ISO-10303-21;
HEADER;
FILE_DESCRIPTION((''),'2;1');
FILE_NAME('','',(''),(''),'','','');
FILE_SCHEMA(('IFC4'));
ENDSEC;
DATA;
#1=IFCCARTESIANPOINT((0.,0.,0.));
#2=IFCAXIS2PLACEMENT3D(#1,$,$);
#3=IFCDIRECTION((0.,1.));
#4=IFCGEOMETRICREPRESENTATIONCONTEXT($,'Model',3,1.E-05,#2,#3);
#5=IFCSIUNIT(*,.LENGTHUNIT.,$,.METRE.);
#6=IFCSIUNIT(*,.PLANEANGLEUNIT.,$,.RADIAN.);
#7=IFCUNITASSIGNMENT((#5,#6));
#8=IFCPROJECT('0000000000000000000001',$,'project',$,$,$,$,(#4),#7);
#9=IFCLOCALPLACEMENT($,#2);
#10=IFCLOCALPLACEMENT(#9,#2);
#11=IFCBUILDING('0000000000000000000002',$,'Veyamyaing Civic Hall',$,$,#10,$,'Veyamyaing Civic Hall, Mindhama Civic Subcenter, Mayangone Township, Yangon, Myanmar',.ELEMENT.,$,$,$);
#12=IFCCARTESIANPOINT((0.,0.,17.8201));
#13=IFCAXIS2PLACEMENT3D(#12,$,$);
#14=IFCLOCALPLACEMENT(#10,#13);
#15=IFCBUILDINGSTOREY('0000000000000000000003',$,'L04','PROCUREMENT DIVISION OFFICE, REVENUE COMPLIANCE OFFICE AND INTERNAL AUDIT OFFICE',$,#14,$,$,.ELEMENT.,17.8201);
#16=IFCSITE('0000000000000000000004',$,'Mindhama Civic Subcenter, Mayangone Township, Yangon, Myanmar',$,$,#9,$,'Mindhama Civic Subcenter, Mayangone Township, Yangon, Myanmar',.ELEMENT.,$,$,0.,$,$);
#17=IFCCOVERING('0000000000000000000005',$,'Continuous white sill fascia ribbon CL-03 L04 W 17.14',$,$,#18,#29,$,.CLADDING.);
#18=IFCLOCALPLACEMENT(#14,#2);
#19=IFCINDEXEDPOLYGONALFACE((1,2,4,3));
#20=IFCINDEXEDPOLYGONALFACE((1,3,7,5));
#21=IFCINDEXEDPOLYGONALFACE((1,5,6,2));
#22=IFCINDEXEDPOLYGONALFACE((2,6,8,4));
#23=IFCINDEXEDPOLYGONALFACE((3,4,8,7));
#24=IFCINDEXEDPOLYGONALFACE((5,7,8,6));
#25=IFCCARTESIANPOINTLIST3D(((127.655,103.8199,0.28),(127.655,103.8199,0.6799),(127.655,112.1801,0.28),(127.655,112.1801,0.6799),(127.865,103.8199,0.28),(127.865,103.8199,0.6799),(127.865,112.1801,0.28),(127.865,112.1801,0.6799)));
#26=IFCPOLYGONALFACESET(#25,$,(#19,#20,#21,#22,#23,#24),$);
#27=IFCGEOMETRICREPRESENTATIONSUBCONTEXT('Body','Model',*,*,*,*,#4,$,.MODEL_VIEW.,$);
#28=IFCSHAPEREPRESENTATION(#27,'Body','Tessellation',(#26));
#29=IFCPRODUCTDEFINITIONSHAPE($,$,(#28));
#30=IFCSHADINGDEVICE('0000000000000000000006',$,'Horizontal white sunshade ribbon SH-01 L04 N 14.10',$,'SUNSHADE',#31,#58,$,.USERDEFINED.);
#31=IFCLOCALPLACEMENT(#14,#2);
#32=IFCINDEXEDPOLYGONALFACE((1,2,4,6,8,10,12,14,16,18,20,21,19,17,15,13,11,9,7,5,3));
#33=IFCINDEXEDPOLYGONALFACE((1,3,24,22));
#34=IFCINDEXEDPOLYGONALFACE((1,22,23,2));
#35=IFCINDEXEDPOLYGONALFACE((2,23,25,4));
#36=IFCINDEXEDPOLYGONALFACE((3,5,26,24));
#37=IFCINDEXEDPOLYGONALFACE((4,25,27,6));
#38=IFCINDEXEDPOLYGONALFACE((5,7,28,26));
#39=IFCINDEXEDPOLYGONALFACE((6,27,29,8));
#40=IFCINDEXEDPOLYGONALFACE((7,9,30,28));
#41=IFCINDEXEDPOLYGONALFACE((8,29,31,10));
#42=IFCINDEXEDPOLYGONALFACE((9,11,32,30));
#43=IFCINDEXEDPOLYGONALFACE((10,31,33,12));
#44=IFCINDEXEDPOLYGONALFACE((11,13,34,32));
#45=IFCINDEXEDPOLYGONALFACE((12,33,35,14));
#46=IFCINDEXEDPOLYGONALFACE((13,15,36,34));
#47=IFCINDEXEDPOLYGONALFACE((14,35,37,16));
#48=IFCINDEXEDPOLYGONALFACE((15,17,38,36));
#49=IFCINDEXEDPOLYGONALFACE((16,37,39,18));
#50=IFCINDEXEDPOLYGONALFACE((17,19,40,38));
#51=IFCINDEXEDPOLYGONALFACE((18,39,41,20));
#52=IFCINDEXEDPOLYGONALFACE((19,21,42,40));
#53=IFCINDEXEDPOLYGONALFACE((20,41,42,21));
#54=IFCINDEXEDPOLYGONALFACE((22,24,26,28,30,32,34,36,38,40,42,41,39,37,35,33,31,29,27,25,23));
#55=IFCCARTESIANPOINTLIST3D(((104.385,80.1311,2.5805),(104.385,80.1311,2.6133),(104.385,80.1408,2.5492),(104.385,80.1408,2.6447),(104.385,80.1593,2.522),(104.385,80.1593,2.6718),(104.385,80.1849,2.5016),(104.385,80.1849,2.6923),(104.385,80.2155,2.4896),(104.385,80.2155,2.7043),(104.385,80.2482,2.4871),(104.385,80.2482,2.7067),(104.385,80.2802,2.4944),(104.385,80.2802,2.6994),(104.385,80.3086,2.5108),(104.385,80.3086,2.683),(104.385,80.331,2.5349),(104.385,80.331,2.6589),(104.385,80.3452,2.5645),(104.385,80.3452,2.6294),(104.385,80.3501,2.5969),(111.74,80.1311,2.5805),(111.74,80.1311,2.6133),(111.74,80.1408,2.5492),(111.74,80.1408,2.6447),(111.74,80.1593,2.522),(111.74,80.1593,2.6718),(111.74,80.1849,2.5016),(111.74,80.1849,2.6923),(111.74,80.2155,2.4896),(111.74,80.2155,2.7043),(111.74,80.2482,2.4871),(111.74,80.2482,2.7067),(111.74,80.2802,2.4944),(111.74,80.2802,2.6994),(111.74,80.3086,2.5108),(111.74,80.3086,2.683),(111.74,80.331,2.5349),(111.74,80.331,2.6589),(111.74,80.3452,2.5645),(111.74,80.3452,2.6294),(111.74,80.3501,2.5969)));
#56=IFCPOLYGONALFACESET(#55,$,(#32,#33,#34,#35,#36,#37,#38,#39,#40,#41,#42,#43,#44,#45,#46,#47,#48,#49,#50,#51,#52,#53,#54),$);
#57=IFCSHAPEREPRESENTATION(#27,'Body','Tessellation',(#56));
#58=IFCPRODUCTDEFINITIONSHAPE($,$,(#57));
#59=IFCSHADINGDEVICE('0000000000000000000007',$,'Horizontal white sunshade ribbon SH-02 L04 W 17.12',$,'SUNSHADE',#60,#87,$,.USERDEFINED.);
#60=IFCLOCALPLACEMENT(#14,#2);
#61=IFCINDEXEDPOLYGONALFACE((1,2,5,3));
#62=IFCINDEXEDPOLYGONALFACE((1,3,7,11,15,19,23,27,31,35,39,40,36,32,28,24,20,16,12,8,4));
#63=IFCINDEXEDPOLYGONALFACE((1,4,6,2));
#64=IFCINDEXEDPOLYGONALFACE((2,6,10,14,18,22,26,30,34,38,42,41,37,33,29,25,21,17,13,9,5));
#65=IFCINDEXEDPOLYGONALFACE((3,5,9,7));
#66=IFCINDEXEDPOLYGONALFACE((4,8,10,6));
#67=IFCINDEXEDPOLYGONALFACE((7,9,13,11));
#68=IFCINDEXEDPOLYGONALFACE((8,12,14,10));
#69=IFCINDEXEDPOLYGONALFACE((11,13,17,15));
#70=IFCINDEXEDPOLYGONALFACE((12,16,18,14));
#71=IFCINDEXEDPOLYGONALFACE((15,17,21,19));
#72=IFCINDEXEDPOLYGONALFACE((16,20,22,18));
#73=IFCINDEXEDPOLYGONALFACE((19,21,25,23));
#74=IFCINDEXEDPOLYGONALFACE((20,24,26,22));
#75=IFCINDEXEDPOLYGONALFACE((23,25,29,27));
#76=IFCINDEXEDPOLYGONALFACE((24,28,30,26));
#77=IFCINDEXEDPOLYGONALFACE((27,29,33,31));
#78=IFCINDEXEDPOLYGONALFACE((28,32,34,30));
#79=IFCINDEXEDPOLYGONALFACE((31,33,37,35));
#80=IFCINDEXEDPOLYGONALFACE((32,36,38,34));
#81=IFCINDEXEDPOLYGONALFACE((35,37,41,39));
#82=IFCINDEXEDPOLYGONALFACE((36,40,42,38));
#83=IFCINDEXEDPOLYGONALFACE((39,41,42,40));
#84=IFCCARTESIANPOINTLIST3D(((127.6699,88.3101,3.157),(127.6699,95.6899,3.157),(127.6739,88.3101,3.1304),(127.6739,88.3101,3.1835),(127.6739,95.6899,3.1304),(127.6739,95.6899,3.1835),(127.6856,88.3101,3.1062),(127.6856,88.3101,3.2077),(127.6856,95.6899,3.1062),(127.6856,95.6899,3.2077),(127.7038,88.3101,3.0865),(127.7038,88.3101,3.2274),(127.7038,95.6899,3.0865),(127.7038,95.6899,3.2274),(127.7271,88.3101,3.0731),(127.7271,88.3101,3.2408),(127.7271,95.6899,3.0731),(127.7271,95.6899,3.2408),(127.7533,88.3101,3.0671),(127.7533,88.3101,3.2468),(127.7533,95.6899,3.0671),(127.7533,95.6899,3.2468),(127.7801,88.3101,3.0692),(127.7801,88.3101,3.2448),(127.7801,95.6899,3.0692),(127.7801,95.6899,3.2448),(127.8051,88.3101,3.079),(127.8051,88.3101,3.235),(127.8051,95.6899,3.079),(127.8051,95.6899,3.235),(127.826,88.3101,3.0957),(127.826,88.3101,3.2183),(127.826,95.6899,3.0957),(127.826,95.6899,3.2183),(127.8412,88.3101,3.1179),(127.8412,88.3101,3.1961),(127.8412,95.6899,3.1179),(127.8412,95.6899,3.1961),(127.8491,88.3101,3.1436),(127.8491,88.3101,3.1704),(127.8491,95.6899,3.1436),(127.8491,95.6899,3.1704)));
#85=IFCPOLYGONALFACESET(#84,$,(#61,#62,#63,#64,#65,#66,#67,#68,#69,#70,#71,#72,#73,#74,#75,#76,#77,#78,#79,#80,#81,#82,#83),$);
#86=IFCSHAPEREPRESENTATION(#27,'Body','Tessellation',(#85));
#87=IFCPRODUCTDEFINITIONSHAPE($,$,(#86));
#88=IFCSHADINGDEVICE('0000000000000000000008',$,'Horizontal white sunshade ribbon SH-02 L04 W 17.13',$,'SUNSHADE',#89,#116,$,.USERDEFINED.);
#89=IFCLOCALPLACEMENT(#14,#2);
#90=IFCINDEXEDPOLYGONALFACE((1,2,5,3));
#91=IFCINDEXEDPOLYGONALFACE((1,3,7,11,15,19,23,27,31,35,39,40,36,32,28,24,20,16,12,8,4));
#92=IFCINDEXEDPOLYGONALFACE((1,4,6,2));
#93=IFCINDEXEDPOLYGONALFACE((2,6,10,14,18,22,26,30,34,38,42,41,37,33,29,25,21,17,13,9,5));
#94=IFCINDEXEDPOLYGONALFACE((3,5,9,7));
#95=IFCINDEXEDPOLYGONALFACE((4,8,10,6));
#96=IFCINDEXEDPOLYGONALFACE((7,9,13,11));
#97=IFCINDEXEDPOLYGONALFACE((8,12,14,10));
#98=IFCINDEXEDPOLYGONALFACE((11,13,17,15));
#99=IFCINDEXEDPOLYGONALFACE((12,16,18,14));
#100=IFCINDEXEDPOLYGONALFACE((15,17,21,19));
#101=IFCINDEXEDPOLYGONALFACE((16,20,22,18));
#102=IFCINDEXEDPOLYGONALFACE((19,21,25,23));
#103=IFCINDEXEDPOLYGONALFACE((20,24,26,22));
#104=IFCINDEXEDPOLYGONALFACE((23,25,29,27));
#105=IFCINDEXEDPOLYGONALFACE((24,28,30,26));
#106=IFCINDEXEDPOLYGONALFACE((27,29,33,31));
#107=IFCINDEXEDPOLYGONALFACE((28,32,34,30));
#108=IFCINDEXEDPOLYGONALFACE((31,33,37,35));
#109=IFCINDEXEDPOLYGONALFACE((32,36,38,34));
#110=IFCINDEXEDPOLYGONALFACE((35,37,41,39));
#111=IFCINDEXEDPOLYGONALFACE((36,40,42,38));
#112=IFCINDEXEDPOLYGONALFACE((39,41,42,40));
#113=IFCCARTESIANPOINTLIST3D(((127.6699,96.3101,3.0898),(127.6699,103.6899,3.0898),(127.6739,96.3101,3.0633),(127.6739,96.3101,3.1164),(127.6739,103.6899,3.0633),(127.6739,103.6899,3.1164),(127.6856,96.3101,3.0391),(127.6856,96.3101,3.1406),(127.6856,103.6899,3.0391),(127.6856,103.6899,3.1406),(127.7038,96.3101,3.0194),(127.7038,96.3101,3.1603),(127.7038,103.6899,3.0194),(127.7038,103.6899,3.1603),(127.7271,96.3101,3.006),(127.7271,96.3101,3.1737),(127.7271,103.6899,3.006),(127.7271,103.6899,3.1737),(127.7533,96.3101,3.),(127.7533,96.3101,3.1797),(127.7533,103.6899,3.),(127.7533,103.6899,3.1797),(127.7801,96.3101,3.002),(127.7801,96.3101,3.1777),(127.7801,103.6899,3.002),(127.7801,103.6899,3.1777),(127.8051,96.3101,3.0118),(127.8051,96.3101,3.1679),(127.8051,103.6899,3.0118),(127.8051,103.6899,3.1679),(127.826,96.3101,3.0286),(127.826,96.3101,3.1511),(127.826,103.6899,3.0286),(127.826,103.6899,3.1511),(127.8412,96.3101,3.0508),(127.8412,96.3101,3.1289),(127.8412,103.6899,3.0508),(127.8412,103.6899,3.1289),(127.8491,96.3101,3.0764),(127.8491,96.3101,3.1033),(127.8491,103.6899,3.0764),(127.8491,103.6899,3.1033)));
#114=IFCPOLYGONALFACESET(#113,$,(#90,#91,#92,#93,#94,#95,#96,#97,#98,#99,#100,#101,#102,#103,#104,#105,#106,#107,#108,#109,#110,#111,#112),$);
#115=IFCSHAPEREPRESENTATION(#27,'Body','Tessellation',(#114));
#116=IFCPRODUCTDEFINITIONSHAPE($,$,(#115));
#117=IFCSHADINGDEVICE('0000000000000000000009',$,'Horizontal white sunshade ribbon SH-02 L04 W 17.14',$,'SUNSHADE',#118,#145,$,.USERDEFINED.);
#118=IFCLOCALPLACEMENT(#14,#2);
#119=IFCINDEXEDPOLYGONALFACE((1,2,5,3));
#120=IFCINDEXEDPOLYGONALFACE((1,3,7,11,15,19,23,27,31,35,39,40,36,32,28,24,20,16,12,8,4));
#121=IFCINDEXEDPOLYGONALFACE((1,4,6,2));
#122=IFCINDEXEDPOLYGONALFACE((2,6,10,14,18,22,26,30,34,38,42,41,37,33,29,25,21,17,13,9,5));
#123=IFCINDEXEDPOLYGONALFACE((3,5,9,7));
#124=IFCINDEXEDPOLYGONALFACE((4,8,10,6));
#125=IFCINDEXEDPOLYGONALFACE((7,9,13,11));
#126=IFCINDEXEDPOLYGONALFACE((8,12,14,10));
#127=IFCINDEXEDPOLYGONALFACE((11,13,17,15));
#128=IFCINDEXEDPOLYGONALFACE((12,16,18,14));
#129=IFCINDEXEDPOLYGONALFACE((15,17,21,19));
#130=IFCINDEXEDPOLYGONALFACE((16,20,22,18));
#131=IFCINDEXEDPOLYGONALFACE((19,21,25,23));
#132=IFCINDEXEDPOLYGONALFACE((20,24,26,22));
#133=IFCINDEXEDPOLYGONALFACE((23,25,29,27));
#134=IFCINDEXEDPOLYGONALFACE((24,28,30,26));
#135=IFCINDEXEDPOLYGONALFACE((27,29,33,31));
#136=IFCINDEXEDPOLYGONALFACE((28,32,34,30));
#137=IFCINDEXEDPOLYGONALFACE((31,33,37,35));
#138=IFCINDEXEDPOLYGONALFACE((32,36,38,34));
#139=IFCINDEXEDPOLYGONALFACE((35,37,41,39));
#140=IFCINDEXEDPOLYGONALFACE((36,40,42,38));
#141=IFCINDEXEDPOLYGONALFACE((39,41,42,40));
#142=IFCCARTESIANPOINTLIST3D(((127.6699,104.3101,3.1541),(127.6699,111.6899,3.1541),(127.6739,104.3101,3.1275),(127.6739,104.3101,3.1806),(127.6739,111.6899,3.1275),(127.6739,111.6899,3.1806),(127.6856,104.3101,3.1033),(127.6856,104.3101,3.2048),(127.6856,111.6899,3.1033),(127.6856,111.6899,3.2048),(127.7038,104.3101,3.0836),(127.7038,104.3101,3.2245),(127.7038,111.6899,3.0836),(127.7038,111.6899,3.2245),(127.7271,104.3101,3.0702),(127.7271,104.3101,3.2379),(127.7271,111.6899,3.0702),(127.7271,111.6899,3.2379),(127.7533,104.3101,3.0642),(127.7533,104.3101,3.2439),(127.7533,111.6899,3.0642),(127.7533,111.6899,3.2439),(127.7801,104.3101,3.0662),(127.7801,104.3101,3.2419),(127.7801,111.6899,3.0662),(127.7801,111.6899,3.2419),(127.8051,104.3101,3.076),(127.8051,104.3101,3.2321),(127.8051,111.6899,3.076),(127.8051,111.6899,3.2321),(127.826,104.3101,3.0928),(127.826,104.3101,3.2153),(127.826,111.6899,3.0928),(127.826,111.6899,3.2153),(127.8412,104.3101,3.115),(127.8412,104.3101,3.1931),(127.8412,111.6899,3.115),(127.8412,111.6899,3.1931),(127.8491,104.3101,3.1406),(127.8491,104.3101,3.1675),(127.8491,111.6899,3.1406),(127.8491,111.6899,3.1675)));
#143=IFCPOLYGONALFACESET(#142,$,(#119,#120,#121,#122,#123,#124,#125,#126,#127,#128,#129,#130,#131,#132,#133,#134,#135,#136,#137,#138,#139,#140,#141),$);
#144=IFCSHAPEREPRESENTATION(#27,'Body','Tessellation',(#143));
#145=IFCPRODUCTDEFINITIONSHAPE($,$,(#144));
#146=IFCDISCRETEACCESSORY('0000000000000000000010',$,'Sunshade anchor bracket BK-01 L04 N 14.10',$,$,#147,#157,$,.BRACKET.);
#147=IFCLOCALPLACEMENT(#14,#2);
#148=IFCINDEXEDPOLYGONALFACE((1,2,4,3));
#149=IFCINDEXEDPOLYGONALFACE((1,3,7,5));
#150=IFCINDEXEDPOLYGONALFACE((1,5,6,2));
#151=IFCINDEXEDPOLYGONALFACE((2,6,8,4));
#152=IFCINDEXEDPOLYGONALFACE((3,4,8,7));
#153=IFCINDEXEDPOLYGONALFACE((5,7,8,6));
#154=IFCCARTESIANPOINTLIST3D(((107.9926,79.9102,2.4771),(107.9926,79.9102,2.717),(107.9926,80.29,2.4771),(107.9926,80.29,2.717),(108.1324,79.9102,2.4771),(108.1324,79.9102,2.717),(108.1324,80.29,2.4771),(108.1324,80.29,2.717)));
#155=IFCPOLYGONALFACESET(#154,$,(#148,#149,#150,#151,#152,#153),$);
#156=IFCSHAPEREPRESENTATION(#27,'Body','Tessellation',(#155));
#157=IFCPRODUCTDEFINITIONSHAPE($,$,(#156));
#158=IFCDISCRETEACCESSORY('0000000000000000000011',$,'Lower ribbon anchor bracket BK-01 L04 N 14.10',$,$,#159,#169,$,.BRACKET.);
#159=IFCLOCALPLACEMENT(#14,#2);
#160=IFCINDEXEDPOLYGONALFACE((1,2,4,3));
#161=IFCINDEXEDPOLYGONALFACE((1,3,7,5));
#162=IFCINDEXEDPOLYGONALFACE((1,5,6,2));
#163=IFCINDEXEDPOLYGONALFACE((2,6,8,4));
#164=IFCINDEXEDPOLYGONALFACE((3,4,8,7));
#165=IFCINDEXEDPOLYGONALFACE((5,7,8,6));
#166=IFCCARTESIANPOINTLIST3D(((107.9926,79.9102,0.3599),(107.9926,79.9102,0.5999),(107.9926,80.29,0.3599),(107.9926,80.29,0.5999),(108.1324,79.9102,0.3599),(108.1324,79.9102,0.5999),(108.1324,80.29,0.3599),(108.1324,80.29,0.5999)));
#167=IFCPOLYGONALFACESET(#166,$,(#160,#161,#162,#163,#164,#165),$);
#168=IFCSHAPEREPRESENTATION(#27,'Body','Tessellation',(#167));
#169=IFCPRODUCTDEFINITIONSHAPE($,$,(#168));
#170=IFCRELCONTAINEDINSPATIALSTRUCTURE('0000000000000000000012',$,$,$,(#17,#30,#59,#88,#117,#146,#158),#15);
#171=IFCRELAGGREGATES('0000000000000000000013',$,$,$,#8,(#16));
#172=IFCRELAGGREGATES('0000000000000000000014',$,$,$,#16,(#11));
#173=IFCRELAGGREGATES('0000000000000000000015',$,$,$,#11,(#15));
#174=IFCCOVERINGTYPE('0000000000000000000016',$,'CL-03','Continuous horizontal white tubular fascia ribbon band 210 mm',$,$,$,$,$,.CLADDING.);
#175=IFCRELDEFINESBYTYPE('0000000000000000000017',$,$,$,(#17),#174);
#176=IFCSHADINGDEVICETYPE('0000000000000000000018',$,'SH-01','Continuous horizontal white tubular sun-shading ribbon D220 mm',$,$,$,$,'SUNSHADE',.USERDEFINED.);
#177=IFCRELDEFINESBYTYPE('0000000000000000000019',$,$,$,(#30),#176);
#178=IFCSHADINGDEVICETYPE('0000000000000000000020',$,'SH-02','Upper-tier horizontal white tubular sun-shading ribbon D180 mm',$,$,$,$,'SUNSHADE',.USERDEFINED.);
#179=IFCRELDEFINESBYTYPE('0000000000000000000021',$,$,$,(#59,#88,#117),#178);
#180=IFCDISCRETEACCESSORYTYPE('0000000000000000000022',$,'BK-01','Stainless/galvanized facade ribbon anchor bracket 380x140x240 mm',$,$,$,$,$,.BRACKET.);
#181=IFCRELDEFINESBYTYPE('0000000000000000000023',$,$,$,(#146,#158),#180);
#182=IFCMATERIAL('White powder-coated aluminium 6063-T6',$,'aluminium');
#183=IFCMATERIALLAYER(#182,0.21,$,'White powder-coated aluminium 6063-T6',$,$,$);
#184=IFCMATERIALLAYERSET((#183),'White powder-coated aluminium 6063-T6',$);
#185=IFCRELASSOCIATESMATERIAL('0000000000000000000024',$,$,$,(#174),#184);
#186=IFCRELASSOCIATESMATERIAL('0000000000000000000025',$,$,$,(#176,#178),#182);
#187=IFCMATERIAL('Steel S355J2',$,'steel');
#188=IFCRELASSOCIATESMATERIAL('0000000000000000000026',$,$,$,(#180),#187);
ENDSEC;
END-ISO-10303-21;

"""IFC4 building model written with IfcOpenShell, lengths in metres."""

from ifc_helpers import new_model, si_unit, direction, frame, origin, origin_2d, place, context, subcontext, project, spatial, rectangle, circle, extrude, material, layer, layer_set, material_profile, profile_set, type_object, element, save


model = new_model("IFC4")

# Units and contexts
model_context = context("Model", 3, precision=1e-05, world=origin(), true_north=direction((0.0, 1.0)))
body_context = subcontext(model_context, "Body", "Model", "MODEL_VIEW")
ifc_project = project(units=[si_unit("LENGTHUNIT", "METRE"), si_unit("PLANEANGLEUNIT", "RADIAN")], contexts=[model_context])

# Site, building, storey
site_placement = place(None, origin())
site = spatial("IfcSite", under=ifc_project, at=site_placement, Name="Mindhama Civic Subcenter, Mayangone Township, Yangon, Myanmar", LongName="Mindhama Civic Subcenter, Mayangone Township, Yangon, Myanmar", CompositionType="ELEMENT", RefElevation=0.0)
building_placement = place(site_placement, origin())
building = spatial("IfcBuilding", under=site, at=building_placement, Name="Veyamyaing Civic Hall", LongName="Veyamyaing Civic Hall, Mindhama Civic Subcenter, Mayangone Township, Yangon, Myanmar", CompositionType="ELEMENT")
storey_placement = place(building_placement, frame((0.0, 0.0, 17.8201)))
storey = spatial("IfcBuildingStorey", under=building, at=storey_placement, Name="L04", Description="PROCUREMENT DIVISION OFFICE, REVENUE COMPLIANCE OFFICE AND INTERNAL AUDIT OFFICE", CompositionType="ELEMENT", Elevation=17.8201)

# Shared definitions
ifc_material_1 = material(Name="Steel S355J2", Category="steel")

# Covering
ifc_material_2 = material(Name="White powder-coated aluminium 6063-T6", Category="aluminium")
ifc_layer_1 = layer(ifc_material_2, 0.21, Name="White powder-coated aluminium 6063-T6")
ifc_layer_set_1 = layer_set([ifc_layer_1], Name="White powder-coated aluminium 6063-T6")
covering_type_1 = type_object("IfcCoveringType", Name="CL-03", Description="Continuous horizontal white tubular fascia ribbon band 210 mm", PredefinedType="CLADDING", material=ifc_layer_set_1)
for number, where, z_axis, x_axis, name in (
    (1, (127.76, 108.0, 0.28), (0.0, 0.0, 1.0), (0.0, 1.0, 0.0), "Continuous white sill fascia ribbon CL-03 L04 W 17.14"),
):
    element("IfcCovering", number, at=place(storey_placement, frame(where, z_axis=z_axis, x_axis=x_axis)), inside=storey, type_object=covering_type_1, Name=name, PredefinedType="CLADDING", context=body_context, shape_type="SweptSolid", body=[
        extrude(rectangle(XDim=8.3601, YDim=0.21, at=origin_2d()), origin(), (0.0, 0.0, 1.0), 0.3999),
    ])

# Shading devices
ifc_material_profile_1 = material_profile(ifc_material_2, circle(Radius=0.1101, at=origin_2d()), Name="SHADE-TUBE-220")
ifc_profile_set_1 = profile_set([ifc_material_profile_1], Name="White powder-coated aluminium 6063-T6")
shading_device_type_1 = type_object("IfcShadingDeviceType", Name="SH-01", Description="Continuous horizontal white tubular sun-shading ribbon D220 mm", ElementType="SUNSHADE", PredefinedType="USERDEFINED", material=ifc_profile_set_1)
shading_device_placement = place(storey_placement, frame((104.385, 80.24, 2.5969), z_axis=(1.0, 0.0, 0.0), x_axis=(0.0, 1.0, 0.0)))
element("IfcShadingDevice", 2, at=shading_device_placement, inside=storey, type_object=shading_device_type_1, Name="Horizontal white sunshade ribbon SH-01 L04 N 14.10", ObjectType="SUNSHADE", PredefinedType="USERDEFINED", context=body_context, shape_type="SweptSolid", body=[
    extrude(circle(Radius=0.1101, at=origin_2d()), origin(), (0.0, 0.0, 1.0), 7.355),
])
ifc_material_profile_2 = material_profile(ifc_material_2, circle(Radius=0.0901, at=origin_2d()), Name="SHADE-TUBE-180")
ifc_profile_set_2 = profile_set([ifc_material_profile_2], Name="White powder-coated aluminium 6063-T6")
shading_device_type_2 = type_object("IfcShadingDeviceType", Name="SH-02", Description="Upper-tier horizontal white tubular sun-shading ribbon D180 mm", ElementType="SUNSHADE", PredefinedType="USERDEFINED", material=ifc_profile_set_2)
for number, where, z_axis, x_axis, name in (
    (3, (127.76, 88.3101, 3.157), (0.0, 1.0, 0.0), (-1.0, 0.0, 0.0), "Horizontal white sunshade ribbon SH-02 L04 W 17.12"),
    (4, (127.76, 96.3101, 3.0898), (0.0, 1.0, 0.0), (-1.0, 0.0, 0.0), "Horizontal white sunshade ribbon SH-02 L04 W 17.13"),
    (5, (127.76, 104.3101, 3.1541), (0.0, 1.0, 0.0), (-1.0, 0.0, 0.0), "Horizontal white sunshade ribbon SH-02 L04 W 17.14"),
):
    element("IfcShadingDevice", number, at=place(storey_placement, frame(where, z_axis=z_axis, x_axis=x_axis)), inside=storey, type_object=shading_device_type_2, Name=name, ObjectType="SUNSHADE", PredefinedType="USERDEFINED", context=body_context, shape_type="SweptSolid", body=[
        extrude(circle(Radius=0.0901, at=origin_2d()), origin(), (0.0, 0.0, 1.0), 7.3799),
    ])

# Discrete accessories
discrete_accessory_type = type_object("IfcDiscreteAccessoryType", Name="BK-01", Description="Stainless/galvanized facade ribbon anchor bracket 380x140x240 mm", PredefinedType="BRACKET", material=ifc_material_1)
for number, where, z_axis, x_axis, name in (
    (6, (108.0625, 80.1001, 2.4771), (0.0, 0.0, 1.0), (0.0, 1.0, 0.0), "Sunshade anchor bracket BK-01 L04 N 14.10"),
    (7, (108.0625, 80.1001, 0.3599), (0.0, 0.0, 1.0), (0.0, 1.0, 0.0), "Lower ribbon anchor bracket BK-01 L04 N 14.10"),
):
    element("IfcDiscreteAccessory", number, at=place(storey_placement, frame(where, z_axis=z_axis, x_axis=x_axis)), inside=storey, type_object=discrete_accessory_type, Name=name, PredefinedType="BRACKET", context=body_context, shape_type="SweptSolid", body=[
        extrude(rectangle(XDim=0.3799, YDim=0.1399, at=origin_2d()), origin(), (0.0, 0.0, 1.0), 0.24),
    ])

save(model, "model.ifc")
